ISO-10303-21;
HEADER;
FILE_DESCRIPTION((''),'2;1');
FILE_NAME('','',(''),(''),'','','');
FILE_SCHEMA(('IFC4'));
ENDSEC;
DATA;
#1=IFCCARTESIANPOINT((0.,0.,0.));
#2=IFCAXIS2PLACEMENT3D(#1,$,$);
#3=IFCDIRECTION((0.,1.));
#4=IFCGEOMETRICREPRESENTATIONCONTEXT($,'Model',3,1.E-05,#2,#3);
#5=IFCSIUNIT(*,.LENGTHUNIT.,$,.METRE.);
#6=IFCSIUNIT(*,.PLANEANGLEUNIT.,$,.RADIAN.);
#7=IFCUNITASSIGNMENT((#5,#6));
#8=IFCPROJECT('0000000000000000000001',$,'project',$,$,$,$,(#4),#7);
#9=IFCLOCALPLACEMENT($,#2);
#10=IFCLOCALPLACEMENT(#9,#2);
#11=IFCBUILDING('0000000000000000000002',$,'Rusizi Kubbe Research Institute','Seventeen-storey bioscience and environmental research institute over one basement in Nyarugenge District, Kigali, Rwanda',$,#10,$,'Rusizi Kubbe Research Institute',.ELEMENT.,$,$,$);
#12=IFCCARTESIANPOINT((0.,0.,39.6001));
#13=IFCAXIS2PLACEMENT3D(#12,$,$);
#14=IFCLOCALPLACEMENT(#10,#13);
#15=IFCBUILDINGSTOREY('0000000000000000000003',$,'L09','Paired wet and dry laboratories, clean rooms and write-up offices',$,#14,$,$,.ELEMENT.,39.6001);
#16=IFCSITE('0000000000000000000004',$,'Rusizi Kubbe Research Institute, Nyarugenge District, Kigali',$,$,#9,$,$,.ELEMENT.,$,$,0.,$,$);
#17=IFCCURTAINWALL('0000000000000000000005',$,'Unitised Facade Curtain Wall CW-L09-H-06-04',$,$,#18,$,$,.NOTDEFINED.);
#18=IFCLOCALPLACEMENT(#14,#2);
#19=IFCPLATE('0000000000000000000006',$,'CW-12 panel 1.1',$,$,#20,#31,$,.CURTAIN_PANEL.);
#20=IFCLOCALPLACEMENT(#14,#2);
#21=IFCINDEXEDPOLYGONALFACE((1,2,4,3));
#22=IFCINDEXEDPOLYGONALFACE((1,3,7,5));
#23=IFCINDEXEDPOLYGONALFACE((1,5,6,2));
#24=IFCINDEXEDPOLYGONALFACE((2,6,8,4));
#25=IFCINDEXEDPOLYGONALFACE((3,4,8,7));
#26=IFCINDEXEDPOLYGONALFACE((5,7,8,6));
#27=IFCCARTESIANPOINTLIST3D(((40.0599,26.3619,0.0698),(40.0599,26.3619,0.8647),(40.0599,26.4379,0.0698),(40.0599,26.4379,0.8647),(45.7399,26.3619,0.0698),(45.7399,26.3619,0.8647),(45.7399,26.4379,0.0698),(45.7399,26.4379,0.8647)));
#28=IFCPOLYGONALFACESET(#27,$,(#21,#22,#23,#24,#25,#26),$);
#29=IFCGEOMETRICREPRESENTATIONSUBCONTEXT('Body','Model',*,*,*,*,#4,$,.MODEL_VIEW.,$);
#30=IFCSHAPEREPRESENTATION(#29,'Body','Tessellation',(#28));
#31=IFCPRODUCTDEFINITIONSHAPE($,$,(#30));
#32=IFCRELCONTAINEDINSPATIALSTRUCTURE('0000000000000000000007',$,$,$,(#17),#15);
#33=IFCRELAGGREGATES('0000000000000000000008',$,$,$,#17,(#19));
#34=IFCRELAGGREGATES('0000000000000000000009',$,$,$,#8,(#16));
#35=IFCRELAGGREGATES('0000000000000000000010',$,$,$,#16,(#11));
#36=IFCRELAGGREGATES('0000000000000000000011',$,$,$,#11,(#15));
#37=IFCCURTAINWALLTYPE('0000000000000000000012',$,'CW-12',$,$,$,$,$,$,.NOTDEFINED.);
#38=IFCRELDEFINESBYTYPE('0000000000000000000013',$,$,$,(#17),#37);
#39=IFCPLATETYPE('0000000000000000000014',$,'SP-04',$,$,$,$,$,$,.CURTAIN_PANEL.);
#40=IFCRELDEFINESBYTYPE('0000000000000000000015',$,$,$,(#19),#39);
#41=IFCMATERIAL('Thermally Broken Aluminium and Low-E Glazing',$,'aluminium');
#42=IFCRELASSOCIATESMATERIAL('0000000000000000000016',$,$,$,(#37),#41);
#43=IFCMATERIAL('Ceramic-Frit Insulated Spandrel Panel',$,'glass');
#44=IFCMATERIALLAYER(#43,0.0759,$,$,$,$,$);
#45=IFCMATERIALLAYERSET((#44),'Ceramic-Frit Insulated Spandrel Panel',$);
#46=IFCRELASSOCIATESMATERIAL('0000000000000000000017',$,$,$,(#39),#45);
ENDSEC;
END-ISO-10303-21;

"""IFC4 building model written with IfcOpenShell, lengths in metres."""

from ifc_helpers import new_model, si_unit, direction, frame, origin, origin_2d, place, context, subcontext, project, spatial, rectangle, extrude, material, layer, layer_set, type_object, element, aggregate, save


model = new_model("IFC4")

# Units and contexts
model_context = context("Model", 3, precision=1e-05, world=origin(), true_north=direction((0.0, 1.0)))
body_context = subcontext(model_context, "Body", "Model", "MODEL_VIEW")
ifc_project = project(units=[si_unit("LENGTHUNIT", "METRE"), si_unit("PLANEANGLEUNIT", "RADIAN")], contexts=[model_context])

# Site, building, storey
site_placement = place(None, origin())
site = spatial("IfcSite", under=ifc_project, at=site_placement, Name="Rusizi Kubbe Research Institute, Nyarugenge District, Kigali", CompositionType="ELEMENT", RefElevation=0.0)
building_placement = place(site_placement, origin())
building = spatial("IfcBuilding", under=site, at=building_placement, Name="Rusizi Kubbe Research Institute", Description="Seventeen-storey bioscience and environmental research institute over one basement in Nyarugenge District, Kigali, Rwanda", LongName="Rusizi Kubbe Research Institute", CompositionType="ELEMENT")
storey_placement = place(building_placement, frame((0.0, 0.0, 39.6001)))
storey = spatial("IfcBuildingStorey", under=building, at=storey_placement, Name="L09", Description="Paired wet and dry laboratories, clean rooms and write-up offices", CompositionType="ELEMENT", Elevation=39.6001)

# Curtain wall
ifc_material_1 = material(Name="Thermally Broken Aluminium and Low-E Glazing", Category="aluminium")
curtain_wall_type_1 = type_object("IfcCurtainWallType", Name="CW-12", PredefinedType="NOTDEFINED", material=ifc_material_1)
curtain_wall_1_placement = place(storey_placement, origin())
curtain_wall_1 = element("IfcCurtainWall", 1, at=curtain_wall_1_placement, inside=storey, type_object=curtain_wall_type_1, Name="Unitised Facade Curtain Wall CW-L09-H-06-04", PredefinedType="NOTDEFINED")

# Plate
ifc_material_2 = material(Name="Ceramic-Frit Insulated Spandrel Panel", Category="glass")
ifc_layer_1 = layer(ifc_material_2, 0.0759)
ifc_layer_set_1 = layer_set([ifc_layer_1], Name="Ceramic-Frit Insulated Spandrel Panel")
plate_type_1 = type_object("IfcPlateType", Name="SP-04", PredefinedType="CURTAIN_PANEL", material=ifc_layer_set_1)
plate_1_placement = place(storey_placement, frame((42.8999, 26.3999, 0.0698), z_axis=(0.0, 0.0, 1.0), x_axis=(1.0, 0.0, 0.0)))
plate_1 = element("IfcPlate", 2, at=plate_1_placement, type_object=plate_type_1, Name="CW-12 panel 1.1", PredefinedType="CURTAIN_PANEL", context=body_context, shape_type="SweptSolid", body=[
    extrude(rectangle(XDim=5.6799, YDim=0.0759, at=origin_2d()), origin(), (0.0, 0.0, 1.0), 0.7949),
])
aggregate(curtain_wall_1, [plate_1])

save(model, "model.ifc")
